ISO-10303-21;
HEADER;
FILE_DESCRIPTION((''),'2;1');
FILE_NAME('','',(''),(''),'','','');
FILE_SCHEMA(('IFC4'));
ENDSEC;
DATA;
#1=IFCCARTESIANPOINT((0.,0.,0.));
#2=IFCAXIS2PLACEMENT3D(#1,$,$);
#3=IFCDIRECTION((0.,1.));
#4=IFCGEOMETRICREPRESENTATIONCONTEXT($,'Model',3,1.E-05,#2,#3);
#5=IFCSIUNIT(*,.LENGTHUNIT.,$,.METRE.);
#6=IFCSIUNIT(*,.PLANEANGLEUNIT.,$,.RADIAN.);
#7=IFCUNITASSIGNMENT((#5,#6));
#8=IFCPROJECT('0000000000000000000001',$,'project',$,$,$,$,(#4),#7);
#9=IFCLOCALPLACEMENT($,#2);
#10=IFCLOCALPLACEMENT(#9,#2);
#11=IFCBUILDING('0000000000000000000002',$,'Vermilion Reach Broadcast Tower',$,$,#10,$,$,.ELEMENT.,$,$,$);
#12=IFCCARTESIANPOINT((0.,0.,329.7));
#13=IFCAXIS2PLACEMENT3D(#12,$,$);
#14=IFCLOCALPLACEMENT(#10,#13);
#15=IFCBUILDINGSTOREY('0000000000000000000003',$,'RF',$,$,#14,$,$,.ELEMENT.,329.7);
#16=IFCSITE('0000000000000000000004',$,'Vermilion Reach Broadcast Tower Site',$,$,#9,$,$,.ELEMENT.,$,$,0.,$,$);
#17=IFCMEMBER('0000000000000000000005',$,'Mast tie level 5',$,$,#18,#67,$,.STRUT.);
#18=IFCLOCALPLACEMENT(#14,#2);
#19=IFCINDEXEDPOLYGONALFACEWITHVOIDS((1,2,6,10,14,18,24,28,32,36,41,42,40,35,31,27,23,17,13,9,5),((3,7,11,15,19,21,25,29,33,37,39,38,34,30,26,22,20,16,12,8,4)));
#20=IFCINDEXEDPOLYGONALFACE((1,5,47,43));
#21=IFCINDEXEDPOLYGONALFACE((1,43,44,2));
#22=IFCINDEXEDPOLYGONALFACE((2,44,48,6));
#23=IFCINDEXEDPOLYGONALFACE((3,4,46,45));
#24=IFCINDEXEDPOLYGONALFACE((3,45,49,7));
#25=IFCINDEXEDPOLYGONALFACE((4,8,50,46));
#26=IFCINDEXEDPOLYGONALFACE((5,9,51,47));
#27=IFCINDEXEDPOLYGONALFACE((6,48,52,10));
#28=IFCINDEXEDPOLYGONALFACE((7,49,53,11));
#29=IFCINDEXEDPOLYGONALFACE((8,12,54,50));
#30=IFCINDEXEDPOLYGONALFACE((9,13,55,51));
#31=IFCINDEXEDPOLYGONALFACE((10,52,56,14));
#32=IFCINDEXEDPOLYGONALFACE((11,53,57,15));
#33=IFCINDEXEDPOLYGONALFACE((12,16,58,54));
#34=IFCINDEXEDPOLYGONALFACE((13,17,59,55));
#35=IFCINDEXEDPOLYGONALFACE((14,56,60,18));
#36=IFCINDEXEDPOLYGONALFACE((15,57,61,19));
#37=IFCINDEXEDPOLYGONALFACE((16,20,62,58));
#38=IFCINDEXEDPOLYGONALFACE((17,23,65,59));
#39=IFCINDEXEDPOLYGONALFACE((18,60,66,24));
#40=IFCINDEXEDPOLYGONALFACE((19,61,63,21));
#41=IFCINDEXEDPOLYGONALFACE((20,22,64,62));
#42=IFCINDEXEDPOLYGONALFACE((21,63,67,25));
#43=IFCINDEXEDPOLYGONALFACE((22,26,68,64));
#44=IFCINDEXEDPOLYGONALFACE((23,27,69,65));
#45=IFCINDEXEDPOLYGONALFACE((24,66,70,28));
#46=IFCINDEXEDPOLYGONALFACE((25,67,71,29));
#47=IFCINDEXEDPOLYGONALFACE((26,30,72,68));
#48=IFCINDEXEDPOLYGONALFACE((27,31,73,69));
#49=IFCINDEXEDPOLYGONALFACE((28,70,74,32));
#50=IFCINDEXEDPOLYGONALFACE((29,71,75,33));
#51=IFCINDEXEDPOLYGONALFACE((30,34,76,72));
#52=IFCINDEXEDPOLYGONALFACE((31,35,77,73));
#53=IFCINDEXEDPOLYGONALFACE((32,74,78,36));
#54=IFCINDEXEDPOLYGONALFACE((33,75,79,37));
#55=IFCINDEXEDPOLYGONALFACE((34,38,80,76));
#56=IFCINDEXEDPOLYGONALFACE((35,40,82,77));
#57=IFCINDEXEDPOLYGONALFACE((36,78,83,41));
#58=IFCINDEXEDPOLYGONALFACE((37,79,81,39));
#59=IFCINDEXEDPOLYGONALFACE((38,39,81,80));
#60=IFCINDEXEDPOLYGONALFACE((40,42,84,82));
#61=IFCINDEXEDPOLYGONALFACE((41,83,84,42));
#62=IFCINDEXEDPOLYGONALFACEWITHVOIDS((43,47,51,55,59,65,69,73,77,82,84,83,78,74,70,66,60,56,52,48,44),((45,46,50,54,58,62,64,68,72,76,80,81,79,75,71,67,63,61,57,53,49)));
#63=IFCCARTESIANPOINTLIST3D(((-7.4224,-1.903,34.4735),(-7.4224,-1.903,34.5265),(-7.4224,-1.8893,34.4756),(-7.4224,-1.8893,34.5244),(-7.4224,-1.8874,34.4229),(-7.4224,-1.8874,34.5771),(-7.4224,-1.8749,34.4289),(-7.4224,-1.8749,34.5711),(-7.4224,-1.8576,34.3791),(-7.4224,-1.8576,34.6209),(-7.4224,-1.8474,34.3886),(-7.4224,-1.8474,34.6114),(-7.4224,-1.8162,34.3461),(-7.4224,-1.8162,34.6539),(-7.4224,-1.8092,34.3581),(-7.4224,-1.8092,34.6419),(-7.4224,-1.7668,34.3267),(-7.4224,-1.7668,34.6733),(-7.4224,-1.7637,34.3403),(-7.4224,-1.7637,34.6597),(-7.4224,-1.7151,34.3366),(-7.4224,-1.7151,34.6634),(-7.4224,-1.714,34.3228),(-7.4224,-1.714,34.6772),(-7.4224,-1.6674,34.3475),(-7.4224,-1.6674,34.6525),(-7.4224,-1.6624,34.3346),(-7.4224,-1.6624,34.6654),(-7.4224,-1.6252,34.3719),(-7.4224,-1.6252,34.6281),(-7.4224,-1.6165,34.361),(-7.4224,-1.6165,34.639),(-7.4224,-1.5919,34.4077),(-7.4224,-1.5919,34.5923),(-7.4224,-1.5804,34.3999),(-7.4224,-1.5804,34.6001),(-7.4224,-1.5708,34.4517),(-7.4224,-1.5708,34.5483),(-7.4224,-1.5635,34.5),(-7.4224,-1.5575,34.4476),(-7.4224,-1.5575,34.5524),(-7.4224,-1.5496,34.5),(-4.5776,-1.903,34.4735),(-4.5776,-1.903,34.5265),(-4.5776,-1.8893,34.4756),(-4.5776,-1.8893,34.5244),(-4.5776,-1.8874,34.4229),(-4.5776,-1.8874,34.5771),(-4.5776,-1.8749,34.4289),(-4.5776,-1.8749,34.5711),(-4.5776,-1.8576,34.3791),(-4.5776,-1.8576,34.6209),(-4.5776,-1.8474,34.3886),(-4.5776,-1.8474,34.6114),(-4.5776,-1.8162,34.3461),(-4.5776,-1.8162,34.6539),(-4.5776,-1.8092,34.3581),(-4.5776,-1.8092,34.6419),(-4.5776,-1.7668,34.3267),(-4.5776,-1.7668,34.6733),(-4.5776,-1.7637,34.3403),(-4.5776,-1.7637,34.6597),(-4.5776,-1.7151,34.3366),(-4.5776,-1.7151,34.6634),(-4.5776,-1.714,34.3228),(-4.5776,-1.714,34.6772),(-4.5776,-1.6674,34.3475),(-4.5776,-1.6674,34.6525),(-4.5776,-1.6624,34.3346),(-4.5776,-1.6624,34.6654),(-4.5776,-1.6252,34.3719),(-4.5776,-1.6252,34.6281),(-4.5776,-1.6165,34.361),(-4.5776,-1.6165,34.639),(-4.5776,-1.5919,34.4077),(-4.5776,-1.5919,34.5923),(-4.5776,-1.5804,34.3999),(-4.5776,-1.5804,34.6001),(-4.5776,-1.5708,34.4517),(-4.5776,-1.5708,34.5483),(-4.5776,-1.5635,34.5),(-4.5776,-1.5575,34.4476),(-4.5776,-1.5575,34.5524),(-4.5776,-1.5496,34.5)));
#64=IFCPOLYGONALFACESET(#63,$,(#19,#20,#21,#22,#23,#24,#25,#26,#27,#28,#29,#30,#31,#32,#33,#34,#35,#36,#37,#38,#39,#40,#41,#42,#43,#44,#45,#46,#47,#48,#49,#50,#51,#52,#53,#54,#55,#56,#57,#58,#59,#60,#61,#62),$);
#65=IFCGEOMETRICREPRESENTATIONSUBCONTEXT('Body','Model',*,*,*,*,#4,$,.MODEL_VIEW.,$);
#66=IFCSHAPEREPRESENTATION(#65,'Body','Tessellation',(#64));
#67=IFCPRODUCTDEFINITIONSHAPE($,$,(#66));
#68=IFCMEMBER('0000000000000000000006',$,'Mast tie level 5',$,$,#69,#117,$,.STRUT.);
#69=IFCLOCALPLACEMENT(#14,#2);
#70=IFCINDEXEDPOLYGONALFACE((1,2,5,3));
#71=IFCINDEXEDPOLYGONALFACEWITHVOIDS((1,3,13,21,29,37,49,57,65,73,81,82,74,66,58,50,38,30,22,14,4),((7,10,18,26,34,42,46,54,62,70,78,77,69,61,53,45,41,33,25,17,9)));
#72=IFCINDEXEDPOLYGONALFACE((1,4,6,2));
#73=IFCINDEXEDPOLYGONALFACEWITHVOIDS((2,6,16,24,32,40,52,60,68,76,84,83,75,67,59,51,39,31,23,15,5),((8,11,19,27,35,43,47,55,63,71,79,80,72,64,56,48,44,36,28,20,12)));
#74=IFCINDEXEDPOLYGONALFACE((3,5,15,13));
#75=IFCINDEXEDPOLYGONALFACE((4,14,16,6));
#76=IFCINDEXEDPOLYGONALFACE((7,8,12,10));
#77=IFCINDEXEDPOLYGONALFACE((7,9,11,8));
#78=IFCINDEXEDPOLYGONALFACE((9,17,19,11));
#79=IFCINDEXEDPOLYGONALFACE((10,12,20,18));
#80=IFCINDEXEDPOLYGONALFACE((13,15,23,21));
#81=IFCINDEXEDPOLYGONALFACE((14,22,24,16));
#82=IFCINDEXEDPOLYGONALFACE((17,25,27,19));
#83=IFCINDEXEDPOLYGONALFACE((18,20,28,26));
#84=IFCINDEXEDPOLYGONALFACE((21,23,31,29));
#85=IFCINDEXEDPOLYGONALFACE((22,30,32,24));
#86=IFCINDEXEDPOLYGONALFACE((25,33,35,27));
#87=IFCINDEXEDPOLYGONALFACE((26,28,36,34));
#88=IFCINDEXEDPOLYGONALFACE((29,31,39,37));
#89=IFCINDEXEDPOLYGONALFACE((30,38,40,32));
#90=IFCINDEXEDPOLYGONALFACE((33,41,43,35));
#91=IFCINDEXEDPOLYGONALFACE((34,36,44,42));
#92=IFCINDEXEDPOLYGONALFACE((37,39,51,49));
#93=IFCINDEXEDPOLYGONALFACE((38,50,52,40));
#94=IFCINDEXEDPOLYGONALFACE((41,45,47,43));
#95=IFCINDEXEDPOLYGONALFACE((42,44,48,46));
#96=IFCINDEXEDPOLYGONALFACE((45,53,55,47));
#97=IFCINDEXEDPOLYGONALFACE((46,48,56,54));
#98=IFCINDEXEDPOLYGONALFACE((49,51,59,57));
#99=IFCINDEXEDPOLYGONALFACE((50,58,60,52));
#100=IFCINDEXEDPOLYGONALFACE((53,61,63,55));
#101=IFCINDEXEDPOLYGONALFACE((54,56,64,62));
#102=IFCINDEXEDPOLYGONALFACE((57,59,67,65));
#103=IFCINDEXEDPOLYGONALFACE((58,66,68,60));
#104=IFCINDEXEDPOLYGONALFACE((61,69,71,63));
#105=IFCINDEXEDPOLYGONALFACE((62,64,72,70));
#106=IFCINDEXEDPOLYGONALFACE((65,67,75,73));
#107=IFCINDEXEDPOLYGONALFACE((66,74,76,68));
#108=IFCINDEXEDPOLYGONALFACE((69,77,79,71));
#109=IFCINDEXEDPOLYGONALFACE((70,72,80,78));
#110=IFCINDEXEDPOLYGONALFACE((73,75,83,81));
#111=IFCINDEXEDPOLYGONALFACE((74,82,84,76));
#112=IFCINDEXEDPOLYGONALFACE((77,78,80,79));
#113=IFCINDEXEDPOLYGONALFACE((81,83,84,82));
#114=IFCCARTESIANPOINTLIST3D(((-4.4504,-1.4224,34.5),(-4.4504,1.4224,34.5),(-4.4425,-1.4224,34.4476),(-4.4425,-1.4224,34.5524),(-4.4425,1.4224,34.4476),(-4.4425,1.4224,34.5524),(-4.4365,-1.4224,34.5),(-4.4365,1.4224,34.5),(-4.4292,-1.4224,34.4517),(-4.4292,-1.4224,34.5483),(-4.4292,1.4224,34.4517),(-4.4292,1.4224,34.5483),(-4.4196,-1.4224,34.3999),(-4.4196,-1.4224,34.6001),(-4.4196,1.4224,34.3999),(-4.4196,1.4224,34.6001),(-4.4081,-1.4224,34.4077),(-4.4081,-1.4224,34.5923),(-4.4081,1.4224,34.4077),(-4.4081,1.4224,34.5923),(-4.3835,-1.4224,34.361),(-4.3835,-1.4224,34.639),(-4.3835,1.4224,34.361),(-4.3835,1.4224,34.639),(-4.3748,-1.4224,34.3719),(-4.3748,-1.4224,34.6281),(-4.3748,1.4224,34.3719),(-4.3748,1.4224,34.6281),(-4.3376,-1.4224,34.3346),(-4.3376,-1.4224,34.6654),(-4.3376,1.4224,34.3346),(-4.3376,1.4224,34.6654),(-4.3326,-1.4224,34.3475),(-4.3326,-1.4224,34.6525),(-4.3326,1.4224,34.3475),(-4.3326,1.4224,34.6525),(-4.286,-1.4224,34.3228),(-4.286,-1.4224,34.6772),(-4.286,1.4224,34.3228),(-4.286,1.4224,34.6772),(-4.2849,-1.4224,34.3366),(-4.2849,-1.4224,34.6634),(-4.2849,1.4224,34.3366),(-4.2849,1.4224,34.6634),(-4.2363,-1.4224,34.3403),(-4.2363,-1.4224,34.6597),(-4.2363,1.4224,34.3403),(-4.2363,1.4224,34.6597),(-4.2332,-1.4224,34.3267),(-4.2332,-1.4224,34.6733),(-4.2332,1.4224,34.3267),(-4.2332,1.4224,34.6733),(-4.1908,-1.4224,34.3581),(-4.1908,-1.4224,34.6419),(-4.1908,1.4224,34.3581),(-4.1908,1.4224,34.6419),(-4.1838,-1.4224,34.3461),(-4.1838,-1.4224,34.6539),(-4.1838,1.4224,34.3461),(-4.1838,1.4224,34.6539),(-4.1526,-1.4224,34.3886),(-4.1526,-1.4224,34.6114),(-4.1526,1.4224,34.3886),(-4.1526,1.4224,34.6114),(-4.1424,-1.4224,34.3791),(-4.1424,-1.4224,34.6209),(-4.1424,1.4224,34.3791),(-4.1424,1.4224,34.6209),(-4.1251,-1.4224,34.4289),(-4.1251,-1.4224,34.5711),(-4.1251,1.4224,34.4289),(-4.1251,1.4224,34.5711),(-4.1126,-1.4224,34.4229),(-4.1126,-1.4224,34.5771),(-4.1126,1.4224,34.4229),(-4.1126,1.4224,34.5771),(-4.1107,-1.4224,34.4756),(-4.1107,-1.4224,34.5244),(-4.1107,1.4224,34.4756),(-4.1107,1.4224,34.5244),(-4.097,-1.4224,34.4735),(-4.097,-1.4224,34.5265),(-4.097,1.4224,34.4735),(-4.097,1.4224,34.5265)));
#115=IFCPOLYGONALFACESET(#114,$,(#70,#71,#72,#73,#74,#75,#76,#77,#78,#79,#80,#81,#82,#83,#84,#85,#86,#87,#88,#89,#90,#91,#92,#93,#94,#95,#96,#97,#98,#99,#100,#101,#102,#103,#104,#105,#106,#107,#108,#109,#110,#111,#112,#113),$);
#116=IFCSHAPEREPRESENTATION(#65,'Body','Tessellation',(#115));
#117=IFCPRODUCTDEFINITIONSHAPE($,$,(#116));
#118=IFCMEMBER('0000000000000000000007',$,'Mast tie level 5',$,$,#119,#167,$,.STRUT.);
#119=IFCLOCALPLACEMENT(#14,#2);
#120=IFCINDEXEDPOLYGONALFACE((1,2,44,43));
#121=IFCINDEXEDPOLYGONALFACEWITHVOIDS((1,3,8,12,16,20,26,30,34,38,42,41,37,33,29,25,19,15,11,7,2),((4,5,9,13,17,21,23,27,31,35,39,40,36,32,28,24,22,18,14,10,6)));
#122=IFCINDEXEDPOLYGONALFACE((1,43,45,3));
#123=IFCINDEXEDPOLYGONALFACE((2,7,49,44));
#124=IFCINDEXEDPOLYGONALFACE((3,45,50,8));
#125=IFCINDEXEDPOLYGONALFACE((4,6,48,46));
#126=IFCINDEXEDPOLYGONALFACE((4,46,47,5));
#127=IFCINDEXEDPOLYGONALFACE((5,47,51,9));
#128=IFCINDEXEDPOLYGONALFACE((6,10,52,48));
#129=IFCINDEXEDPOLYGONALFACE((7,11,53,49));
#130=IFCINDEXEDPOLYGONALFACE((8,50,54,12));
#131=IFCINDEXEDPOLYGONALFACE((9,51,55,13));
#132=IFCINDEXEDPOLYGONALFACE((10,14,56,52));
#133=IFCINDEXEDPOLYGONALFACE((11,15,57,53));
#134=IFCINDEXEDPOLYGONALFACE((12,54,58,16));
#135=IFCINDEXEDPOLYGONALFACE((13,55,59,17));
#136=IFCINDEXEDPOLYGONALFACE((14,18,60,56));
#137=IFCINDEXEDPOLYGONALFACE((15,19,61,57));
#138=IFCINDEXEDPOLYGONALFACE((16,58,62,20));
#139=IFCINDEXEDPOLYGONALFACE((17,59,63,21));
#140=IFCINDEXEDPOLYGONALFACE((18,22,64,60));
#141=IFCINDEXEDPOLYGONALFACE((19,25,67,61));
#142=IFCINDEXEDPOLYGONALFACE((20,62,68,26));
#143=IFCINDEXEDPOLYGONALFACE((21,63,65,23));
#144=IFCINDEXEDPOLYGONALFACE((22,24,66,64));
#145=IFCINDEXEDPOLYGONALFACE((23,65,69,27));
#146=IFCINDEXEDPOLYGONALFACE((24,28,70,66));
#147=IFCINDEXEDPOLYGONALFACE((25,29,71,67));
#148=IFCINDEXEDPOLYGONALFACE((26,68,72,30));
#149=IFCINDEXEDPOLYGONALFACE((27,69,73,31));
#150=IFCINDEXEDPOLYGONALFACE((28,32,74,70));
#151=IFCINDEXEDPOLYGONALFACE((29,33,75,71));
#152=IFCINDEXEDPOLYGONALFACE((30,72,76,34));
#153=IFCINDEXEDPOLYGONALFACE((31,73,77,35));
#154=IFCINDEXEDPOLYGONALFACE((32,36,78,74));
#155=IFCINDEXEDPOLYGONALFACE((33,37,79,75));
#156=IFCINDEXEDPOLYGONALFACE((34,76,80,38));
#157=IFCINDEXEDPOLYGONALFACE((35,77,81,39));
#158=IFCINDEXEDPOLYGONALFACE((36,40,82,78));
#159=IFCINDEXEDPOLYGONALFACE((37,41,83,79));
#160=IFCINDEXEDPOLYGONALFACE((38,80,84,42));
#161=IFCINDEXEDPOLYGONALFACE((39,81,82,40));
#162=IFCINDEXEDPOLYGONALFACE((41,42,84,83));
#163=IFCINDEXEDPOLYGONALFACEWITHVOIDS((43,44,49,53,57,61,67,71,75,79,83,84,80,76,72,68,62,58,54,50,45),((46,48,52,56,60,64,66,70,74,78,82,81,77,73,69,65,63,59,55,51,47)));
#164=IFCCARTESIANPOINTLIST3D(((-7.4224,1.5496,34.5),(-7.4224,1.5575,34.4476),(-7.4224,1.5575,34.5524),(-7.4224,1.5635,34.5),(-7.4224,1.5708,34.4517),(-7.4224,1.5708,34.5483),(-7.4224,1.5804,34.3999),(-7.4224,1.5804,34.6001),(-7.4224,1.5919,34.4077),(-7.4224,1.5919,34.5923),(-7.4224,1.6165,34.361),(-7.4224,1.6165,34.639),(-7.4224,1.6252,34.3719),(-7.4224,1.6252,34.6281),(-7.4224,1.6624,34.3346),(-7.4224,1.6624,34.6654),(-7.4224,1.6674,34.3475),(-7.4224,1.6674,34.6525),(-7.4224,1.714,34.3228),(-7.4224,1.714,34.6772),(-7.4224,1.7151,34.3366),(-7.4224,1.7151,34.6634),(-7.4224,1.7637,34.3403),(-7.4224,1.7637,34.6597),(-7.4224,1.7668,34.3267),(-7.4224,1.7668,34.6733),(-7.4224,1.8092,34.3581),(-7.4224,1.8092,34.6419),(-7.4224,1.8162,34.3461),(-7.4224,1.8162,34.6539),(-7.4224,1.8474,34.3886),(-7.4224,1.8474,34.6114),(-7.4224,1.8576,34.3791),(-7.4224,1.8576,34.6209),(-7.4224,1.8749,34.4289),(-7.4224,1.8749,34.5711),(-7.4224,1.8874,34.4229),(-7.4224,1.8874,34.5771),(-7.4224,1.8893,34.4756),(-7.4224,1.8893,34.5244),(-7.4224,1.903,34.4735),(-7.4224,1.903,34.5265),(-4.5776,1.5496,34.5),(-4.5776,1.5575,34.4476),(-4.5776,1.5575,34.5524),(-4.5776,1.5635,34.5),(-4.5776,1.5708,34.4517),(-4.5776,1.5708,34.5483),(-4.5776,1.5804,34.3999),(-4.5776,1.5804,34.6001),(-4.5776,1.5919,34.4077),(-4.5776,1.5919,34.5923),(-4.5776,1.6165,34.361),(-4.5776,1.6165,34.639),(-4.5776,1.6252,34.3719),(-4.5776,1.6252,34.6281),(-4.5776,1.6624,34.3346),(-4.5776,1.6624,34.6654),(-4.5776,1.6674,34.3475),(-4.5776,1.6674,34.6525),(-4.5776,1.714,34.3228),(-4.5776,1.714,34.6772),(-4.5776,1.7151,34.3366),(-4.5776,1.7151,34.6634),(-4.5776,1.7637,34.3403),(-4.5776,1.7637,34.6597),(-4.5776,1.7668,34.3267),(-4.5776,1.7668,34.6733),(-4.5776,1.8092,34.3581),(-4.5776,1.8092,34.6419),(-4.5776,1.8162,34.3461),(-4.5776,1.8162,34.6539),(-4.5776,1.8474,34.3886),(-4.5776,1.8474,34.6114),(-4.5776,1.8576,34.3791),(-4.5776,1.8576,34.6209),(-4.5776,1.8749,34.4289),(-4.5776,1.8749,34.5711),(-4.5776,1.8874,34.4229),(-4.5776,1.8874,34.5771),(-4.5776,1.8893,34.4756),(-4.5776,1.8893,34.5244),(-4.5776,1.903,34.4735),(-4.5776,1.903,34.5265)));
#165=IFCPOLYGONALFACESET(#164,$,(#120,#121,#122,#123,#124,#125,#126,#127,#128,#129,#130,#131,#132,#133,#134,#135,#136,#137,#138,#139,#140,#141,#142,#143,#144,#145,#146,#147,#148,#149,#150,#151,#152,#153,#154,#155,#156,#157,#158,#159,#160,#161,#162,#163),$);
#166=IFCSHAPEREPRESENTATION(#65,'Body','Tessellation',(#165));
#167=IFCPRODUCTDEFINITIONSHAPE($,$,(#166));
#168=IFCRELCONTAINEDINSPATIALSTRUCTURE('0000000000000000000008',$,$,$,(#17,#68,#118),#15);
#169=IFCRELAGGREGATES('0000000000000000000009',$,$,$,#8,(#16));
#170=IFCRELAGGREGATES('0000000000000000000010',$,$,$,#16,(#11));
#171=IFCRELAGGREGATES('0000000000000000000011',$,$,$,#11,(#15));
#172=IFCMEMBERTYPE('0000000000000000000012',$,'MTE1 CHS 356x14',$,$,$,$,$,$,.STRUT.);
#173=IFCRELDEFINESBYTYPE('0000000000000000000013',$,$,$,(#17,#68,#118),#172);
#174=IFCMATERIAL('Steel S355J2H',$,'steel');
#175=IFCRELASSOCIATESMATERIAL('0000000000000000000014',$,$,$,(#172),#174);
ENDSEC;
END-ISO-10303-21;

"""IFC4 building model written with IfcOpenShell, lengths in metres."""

from ifc_helpers import new_model, si_unit, direction, frame, origin, origin_2d, place, context, subcontext, project, spatial, hollow_circle, extrude, material, material_profile, profile_set, type_object, element, save


model = new_model("IFC4")

# Units and contexts
model_context = context("Model", 3, precision=1e-05, world=origin(), true_north=direction((0.0, 1.0)))
body_context = subcontext(model_context, "Body", "Model", "MODEL_VIEW")
ifc_project = project(units=[si_unit("LENGTHUNIT", "METRE"), si_unit("PLANEANGLEUNIT", "RADIAN")], contexts=[model_context])

# Site, building, storey
site_placement = place(None, origin())
site = spatial("IfcSite", under=ifc_project, at=site_placement, Name="Vermilion Reach Broadcast Tower Site", CompositionType="ELEMENT", RefElevation=0.0)
building_placement = place(site_placement, origin())
building = spatial("IfcBuilding", under=site, at=building_placement, Name="Vermilion Reach Broadcast Tower", CompositionType="ELEMENT")
storey_placement = place(building_placement, frame((0.0, 0.0, 329.7)))
storey = spatial("IfcBuildingStorey", under=building, at=storey_placement, Name="RF", CompositionType="ELEMENT", Elevation=329.7)

# Members
ifc_material_1 = material(Name="Steel S355J2H", Category="steel")
ifc_material_profile_1 = material_profile(ifc_material_1, hollow_circle(Radius=0.1777, WallThickness=0.0139, at=origin_2d()), Name="S355J2H CHS 356x14")
ifc_profile_set_1 = profile_set([ifc_material_profile_1], Name="Steel S355J2H")
member_type_1 = type_object("IfcMemberType", Name="MTE1 CHS 356x14", PredefinedType="STRUT", material=ifc_profile_set_1)
for number, where, z_axis, x_axis, name in (
    (1, (-7.4224, -1.7273, 34.5), (1.0, 0.0, 0.0), (0.0, 1.0, 0.0), "Mast tie level 5"),
    (2, (-4.2727, -1.4224, 34.5), (0.0, 1.0, 0.0), (-1.0, 0.0, 0.0), "Mast tie level 5"),
    (3, (-4.5776, 1.7273, 34.5), (-1.0, 0.0, 0.0), (0.0, -1.0, 0.0), "Mast tie level 5"),
):
    element("IfcMember", number, at=place(storey_placement, frame(where, z_axis=z_axis, x_axis=x_axis)), inside=storey, type_object=member_type_1, Name=name, PredefinedType="STRUT", context=body_context, shape_type="SweptSolid", body=[
        extrude(hollow_circle(Radius=0.1777, WallThickness=0.0139, at=origin_2d()), origin(), (0.0, 0.0, 1.0), 2.8447),
    ])

save(model, "model.ifc")
